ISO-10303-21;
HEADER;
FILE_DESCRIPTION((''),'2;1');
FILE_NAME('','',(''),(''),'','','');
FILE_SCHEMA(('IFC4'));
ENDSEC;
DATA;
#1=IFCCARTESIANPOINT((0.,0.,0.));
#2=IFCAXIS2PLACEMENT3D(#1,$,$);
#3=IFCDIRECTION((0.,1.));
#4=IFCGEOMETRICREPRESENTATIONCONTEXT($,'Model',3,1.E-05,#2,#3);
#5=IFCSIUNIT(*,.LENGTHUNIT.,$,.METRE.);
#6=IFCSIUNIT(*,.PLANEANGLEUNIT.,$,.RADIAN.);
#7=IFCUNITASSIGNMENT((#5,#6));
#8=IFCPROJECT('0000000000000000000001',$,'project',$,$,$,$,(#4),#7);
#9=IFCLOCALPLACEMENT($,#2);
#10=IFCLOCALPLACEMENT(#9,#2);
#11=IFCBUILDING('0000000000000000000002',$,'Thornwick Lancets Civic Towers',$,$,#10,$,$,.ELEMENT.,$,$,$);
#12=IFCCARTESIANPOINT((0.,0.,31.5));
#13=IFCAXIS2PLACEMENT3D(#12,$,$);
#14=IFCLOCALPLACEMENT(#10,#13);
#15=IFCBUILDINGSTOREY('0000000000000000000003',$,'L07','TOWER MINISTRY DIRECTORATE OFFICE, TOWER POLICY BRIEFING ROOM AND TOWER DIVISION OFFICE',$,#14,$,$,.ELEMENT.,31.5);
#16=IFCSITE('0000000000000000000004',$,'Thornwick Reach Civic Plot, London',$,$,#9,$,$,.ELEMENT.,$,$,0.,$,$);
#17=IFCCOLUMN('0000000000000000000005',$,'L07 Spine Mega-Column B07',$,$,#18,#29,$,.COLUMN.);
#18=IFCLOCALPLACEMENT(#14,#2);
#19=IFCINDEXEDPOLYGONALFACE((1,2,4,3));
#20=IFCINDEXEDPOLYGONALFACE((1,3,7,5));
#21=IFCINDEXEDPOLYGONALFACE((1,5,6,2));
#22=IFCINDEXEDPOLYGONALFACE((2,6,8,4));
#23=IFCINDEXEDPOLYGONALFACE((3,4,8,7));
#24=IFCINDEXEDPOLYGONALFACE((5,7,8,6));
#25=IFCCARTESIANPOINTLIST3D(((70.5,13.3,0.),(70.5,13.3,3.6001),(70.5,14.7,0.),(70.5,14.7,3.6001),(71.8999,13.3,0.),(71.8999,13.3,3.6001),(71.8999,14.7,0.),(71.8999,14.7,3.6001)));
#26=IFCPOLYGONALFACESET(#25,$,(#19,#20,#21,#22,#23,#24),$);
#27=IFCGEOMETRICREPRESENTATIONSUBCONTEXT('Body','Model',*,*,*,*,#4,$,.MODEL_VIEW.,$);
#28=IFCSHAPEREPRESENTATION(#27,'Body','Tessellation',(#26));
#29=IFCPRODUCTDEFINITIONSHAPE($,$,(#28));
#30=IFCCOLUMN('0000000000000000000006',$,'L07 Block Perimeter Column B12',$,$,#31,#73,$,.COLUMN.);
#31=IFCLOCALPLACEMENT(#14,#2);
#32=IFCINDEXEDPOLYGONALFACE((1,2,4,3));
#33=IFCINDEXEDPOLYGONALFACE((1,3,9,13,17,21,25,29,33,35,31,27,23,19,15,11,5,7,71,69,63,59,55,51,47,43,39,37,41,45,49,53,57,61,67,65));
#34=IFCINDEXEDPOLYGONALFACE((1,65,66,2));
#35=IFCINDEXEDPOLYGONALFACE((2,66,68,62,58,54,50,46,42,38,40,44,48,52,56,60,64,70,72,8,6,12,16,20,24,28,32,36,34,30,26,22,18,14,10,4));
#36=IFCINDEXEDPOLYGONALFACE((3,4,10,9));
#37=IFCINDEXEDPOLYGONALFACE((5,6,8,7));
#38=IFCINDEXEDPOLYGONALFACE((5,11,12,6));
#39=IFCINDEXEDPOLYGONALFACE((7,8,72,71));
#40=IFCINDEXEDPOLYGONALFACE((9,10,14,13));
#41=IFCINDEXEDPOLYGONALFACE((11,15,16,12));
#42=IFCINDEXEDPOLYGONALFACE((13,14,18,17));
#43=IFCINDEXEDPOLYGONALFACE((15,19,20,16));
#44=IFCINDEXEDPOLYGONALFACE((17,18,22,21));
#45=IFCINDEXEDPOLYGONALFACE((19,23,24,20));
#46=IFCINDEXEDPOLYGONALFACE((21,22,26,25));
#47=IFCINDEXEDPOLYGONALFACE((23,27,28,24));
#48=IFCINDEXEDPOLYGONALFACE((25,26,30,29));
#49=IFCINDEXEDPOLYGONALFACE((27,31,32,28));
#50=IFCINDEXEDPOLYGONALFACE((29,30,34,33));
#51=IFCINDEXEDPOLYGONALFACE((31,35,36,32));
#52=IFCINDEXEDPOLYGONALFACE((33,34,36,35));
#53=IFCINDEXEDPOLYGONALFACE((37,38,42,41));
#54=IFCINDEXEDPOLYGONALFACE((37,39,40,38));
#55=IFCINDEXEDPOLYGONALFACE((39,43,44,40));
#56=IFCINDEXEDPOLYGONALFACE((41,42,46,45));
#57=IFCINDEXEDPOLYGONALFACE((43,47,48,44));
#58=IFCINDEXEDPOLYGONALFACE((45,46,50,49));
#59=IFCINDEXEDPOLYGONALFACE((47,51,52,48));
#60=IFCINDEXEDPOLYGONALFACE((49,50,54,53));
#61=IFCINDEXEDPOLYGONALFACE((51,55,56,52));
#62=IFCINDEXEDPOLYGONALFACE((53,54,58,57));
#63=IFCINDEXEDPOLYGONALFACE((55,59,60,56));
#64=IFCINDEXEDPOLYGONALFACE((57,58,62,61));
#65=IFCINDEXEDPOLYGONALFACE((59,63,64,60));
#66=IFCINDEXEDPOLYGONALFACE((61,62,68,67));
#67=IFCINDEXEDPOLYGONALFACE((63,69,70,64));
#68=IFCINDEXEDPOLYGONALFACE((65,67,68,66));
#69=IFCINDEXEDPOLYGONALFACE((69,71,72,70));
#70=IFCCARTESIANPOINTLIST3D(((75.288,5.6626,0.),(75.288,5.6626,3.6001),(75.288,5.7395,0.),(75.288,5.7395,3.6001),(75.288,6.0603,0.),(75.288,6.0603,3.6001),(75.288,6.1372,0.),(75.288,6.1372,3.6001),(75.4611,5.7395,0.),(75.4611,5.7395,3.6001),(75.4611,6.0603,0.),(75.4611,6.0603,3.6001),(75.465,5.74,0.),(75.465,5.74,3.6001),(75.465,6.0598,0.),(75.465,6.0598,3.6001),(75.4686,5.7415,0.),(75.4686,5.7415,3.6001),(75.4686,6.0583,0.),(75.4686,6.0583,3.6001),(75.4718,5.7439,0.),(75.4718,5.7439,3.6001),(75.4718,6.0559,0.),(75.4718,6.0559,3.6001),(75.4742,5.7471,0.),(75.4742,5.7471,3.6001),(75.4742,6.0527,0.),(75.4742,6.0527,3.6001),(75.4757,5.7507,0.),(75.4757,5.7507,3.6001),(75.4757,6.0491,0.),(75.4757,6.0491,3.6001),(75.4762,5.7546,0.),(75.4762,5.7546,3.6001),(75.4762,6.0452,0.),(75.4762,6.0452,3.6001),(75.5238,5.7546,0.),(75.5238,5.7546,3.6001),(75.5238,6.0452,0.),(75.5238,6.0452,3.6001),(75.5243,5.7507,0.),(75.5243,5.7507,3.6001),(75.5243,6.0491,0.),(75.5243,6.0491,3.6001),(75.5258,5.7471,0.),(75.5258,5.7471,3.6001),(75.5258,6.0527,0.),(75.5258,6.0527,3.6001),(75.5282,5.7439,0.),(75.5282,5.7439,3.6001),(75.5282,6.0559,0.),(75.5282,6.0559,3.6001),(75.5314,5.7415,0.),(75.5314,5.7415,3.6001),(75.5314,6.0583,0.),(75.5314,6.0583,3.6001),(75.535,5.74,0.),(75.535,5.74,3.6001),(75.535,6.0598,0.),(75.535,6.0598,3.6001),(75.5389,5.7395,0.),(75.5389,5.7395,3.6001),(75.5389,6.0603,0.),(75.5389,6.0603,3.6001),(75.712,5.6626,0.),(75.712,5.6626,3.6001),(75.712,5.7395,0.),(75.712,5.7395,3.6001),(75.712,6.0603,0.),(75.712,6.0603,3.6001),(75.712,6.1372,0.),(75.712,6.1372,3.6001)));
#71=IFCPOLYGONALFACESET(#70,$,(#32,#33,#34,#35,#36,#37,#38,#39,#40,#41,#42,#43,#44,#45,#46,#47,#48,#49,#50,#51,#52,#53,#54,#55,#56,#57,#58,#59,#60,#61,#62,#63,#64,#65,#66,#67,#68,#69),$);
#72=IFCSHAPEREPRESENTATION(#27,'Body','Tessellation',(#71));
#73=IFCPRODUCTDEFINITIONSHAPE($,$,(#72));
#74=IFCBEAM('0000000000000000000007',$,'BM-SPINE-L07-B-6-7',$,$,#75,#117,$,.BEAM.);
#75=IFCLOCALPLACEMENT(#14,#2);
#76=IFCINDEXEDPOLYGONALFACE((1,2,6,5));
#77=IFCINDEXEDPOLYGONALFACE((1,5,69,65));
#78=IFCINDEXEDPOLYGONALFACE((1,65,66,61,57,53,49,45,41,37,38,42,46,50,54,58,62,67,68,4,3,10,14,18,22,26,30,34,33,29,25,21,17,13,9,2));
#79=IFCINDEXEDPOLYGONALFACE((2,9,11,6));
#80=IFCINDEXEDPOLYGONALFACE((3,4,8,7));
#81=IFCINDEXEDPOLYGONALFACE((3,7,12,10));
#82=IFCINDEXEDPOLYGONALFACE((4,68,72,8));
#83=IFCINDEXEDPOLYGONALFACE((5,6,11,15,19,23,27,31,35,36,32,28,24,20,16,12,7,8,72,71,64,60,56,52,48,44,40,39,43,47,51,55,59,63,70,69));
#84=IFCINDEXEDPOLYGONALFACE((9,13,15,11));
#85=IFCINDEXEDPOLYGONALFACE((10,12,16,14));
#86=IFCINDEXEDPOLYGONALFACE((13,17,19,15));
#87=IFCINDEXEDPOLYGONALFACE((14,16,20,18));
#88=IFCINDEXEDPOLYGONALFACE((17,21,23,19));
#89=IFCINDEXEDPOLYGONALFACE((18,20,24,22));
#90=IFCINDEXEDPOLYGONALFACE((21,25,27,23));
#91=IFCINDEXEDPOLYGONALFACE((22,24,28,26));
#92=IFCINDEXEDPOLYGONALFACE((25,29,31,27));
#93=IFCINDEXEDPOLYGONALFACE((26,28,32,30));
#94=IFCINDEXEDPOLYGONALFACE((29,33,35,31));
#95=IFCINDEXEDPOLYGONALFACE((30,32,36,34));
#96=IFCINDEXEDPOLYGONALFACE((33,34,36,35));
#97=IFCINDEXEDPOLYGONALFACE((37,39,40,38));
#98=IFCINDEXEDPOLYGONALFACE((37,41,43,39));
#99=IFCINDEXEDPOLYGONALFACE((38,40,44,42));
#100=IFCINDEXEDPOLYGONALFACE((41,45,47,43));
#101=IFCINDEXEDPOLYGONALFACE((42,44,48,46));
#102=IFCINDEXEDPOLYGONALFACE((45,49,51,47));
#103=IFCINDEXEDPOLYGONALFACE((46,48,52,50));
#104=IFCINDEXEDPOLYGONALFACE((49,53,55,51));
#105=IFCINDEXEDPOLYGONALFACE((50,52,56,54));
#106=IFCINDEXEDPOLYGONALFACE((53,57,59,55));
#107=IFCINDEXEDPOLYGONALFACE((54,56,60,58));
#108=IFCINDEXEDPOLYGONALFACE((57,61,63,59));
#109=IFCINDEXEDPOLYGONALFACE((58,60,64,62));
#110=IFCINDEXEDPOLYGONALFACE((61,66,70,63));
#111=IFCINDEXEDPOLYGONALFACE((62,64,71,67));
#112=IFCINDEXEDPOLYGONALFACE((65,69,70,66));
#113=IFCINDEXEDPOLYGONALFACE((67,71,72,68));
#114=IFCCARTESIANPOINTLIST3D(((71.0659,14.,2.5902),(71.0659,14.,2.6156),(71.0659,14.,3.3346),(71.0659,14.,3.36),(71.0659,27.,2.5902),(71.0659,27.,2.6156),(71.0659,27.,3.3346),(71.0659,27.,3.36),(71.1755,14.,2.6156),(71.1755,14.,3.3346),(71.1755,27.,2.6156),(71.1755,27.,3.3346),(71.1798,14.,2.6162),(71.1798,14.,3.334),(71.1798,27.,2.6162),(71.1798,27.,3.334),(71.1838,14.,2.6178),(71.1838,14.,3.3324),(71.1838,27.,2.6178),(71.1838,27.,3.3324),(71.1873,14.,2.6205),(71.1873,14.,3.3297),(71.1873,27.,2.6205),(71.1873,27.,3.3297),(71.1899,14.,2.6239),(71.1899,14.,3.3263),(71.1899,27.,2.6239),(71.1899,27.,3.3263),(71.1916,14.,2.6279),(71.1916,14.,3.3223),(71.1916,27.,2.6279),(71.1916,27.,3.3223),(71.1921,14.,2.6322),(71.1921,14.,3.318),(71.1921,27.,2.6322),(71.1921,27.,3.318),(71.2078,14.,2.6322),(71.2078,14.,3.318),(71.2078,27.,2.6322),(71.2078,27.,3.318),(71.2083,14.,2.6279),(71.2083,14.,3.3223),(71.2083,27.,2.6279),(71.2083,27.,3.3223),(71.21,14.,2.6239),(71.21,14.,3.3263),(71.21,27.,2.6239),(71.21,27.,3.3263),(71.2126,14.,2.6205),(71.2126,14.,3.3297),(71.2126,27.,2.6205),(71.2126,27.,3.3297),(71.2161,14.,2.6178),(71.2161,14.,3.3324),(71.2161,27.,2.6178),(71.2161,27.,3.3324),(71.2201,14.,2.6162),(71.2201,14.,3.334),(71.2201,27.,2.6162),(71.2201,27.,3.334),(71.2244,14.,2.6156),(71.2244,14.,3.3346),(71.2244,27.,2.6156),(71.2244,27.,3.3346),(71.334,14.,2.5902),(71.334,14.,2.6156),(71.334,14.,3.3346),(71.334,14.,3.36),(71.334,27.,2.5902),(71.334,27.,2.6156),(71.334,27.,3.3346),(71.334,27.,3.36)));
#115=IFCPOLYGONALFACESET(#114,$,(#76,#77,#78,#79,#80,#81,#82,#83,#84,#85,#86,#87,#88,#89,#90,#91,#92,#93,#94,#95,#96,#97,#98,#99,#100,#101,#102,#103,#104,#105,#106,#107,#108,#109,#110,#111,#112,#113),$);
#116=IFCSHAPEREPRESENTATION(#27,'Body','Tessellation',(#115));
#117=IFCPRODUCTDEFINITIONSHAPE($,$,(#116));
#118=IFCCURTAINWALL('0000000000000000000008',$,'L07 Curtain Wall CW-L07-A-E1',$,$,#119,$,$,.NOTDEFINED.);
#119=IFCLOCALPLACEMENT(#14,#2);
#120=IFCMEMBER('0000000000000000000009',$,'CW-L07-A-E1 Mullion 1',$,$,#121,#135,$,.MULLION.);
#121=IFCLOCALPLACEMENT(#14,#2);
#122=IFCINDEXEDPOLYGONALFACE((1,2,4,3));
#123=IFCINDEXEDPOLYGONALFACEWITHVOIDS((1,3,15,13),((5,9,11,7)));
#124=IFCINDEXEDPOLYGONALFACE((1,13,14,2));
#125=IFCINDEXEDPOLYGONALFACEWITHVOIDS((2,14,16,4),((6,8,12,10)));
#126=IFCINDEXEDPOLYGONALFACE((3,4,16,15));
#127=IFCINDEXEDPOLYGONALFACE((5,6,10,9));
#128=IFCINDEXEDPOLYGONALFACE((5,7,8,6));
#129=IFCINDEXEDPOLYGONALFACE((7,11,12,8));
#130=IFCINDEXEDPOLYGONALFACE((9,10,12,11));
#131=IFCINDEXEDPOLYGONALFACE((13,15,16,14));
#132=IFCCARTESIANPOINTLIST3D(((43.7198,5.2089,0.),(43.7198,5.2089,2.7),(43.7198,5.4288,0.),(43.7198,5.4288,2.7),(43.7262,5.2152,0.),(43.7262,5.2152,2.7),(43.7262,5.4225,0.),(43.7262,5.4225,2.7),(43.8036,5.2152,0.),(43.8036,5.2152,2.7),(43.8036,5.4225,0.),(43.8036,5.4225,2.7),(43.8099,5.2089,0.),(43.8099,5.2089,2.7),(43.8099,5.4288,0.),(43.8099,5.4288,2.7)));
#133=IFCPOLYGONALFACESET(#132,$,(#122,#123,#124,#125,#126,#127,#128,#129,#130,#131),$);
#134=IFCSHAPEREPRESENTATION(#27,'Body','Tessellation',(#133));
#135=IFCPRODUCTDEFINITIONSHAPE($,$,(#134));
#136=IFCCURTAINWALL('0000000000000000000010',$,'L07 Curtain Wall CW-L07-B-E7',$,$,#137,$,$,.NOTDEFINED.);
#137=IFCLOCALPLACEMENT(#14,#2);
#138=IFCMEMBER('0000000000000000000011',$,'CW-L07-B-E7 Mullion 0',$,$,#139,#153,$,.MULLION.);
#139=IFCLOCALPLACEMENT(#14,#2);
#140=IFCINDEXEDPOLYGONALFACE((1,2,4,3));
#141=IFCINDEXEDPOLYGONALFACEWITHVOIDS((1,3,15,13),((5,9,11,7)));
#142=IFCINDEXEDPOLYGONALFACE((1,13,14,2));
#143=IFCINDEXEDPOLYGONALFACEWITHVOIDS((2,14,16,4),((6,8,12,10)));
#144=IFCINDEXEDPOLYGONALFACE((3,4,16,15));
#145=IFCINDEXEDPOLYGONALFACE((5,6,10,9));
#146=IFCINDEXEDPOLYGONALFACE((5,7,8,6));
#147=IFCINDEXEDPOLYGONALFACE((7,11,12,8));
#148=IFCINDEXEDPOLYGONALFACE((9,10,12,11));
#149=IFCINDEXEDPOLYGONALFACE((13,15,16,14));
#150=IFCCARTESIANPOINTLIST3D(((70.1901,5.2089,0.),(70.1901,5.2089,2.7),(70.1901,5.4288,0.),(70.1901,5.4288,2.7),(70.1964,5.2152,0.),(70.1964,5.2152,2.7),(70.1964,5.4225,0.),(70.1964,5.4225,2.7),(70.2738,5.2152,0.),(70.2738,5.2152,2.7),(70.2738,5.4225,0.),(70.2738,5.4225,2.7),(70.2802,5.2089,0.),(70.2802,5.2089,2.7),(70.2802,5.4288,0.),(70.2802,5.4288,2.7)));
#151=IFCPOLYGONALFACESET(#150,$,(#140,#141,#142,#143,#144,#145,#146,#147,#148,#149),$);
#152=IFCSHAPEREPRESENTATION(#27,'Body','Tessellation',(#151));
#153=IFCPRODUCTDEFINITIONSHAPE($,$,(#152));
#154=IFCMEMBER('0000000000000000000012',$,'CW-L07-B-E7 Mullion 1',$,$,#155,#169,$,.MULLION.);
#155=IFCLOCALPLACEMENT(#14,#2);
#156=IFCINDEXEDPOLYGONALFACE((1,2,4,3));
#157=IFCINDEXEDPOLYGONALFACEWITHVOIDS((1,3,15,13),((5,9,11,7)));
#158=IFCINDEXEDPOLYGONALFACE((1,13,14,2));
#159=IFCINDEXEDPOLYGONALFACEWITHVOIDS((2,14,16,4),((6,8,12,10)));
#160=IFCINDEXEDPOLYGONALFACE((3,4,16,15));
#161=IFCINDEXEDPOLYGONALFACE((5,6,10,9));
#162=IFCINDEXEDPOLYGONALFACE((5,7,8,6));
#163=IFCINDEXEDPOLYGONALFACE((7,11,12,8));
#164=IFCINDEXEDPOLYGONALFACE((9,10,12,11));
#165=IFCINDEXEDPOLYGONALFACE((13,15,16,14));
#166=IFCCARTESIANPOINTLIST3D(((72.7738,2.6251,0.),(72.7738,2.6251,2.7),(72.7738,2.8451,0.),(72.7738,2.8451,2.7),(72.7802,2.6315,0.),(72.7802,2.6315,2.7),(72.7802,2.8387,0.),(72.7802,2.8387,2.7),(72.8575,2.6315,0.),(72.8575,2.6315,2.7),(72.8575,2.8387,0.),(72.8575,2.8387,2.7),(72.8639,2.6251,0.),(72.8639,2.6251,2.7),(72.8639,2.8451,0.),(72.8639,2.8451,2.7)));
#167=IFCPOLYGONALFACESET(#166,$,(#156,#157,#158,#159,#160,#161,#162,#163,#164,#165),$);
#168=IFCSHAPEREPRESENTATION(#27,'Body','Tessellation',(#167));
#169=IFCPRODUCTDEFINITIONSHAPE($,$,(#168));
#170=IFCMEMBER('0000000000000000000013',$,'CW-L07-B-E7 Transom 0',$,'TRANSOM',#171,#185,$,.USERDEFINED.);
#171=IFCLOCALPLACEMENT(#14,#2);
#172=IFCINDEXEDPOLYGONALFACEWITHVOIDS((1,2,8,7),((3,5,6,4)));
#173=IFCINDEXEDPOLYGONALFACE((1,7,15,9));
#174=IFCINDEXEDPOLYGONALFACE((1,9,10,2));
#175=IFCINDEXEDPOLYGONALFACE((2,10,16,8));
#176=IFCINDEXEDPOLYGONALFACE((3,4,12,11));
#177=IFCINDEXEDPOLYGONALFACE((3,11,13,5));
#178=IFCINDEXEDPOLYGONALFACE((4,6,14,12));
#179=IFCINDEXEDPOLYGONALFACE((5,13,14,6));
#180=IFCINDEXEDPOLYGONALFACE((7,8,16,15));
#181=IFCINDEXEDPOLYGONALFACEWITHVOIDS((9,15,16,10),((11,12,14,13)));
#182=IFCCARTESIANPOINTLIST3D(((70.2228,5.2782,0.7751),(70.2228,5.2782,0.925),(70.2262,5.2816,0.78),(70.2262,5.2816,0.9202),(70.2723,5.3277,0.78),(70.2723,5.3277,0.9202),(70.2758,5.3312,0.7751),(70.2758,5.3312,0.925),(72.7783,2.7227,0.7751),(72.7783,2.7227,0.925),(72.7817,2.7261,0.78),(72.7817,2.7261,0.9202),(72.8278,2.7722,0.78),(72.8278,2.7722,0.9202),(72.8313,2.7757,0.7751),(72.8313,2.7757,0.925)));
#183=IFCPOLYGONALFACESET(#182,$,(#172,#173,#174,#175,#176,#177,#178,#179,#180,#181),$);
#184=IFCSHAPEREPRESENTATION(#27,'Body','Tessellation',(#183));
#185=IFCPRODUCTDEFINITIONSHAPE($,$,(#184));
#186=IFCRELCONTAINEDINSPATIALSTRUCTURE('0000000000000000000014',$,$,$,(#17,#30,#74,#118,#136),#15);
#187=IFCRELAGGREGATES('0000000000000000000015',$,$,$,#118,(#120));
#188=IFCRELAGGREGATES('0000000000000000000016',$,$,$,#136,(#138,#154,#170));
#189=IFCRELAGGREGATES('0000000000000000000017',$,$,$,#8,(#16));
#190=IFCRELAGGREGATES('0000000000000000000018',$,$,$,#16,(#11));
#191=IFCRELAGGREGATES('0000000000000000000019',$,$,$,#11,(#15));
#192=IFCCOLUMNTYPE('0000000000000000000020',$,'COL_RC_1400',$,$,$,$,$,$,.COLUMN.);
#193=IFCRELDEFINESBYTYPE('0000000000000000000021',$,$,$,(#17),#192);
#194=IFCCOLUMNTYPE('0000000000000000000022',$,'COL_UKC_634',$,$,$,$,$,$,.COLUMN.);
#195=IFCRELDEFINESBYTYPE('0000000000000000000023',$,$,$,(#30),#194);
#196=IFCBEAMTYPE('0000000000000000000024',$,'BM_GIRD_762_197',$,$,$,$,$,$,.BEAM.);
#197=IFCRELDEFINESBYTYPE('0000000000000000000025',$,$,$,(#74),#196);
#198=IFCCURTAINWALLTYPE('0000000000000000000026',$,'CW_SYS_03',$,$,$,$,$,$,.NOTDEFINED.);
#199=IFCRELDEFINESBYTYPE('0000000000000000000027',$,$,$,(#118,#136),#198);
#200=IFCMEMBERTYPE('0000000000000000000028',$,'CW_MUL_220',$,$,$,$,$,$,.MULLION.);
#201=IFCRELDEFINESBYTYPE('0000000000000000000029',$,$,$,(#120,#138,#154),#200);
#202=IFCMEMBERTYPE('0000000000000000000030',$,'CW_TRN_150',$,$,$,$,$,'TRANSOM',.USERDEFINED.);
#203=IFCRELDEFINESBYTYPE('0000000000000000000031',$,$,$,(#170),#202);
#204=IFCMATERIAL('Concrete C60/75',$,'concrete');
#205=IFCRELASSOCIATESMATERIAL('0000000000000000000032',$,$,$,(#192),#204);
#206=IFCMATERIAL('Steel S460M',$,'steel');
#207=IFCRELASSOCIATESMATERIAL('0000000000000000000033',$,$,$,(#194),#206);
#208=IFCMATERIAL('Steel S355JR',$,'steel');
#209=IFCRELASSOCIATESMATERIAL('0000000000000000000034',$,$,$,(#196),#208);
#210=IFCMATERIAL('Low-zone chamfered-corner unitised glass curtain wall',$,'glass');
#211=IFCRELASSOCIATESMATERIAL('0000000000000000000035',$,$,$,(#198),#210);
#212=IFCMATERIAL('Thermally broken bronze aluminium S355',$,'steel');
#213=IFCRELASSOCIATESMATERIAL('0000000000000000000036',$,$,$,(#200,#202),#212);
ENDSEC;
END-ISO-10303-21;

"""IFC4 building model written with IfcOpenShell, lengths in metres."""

from ifc_helpers import new_model, si_unit, direction, frame, origin, origin_2d, place, context, subcontext, project, spatial, rectangle, hollow_rectangle, i_section, extrude, material, material_profile, profile_set, type_object, element, aggregate, save


model = new_model("IFC4")

# Units and contexts
model_context = context("Model", 3, precision=1e-05, world=origin(), true_north=direction((0.0, 1.0)))
body_context = subcontext(model_context, "Body", "Model", "MODEL_VIEW")
ifc_project = project(units=[si_unit("LENGTHUNIT", "METRE"), si_unit("PLANEANGLEUNIT", "RADIAN")], contexts=[model_context])

# Site, building, storey
site_placement = place(None, origin())
site = spatial("IfcSite", under=ifc_project, at=site_placement, Name="Thornwick Reach Civic Plot, London", CompositionType="ELEMENT", RefElevation=0.0)
building_placement = place(site_placement, origin())
building = spatial("IfcBuilding", under=site, at=building_placement, Name="Thornwick Lancets Civic Towers", CompositionType="ELEMENT")
storey_placement = place(building_placement, frame((0.0, 0.0, 31.5)))
storey = spatial("IfcBuildingStorey", under=building, at=storey_placement, Name="L07", Description="TOWER MINISTRY DIRECTORATE OFFICE, TOWER POLICY BRIEFING ROOM AND TOWER DIVISION OFFICE", CompositionType="ELEMENT", Elevation=31.5)

# Columns
ifc_material_1 = material(Name="Concrete C60/75", Category="concrete")
ifc_material_profile_1 = material_profile(ifc_material_1, rectangle(XDim=1.3999, YDim=1.3999, at=origin_2d()), Name="RC 1400x1400")
ifc_profile_set_1 = profile_set([ifc_material_profile_1], Name="Concrete C60/75")
column_type_1 = type_object("IfcColumnType", Name="COL_RC_1400", PredefinedType="COLUMN", material=ifc_profile_set_1)
column_1_placement = place(storey_placement, frame((71.2, 14.0, 0.0), z_axis=(0.0, 0.0, 1.0), x_axis=(1.0, 0.0, 0.0)))
element("IfcColumn", 1, at=column_1_placement, inside=storey, type_object=column_type_1, Name="L07 Spine Mega-Column B07", PredefinedType="COLUMN", context=body_context, shape_type="SweptSolid", body=[
    extrude(rectangle(XDim=1.3999, YDim=1.3999, at=origin_2d()), origin(), (0.0, 0.0, 1.0), 3.6001),
])
ifc_material_2 = material(Name="Steel S460M", Category="steel")
ifc_material_profile_2 = material_profile(ifc_material_2, i_section(OverallWidth=0.4241, OverallDepth=0.4746, WebThickness=0.0476, FlangeThickness=0.0769, FilletRadius=0.0151, at=origin_2d()), Name="UKC 356x406x634")
ifc_profile_set_2 = profile_set([ifc_material_profile_2], Name="Steel S460M")
column_type_2 = type_object("IfcColumnType", Name="COL_UKC_634", PredefinedType="COLUMN", material=ifc_profile_set_2)
column_2_placement = place(storey_placement, frame((75.5, 5.8999, 0.0), z_axis=(0.0, 0.0, 1.0), x_axis=(1.0, 0.0, 0.0)))
element("IfcColumn", 2, at=column_2_placement, inside=storey, type_object=column_type_2, Name="L07 Block Perimeter Column B12", PredefinedType="COLUMN", context=body_context, shape_type="SweptSolid", body=[
    extrude(i_section(OverallWidth=0.4241, OverallDepth=0.4746, WebThickness=0.0476, FlangeThickness=0.0769, FilletRadius=0.0151, at=origin_2d()), origin(), (0.0, 0.0, 1.0), 3.6001),
])

# Beam
ifc_material_3 = material(Name="Steel S355JR", Category="steel")
ifc_material_profile_3 = material_profile(ifc_material_3, i_section(OverallWidth=0.2681, OverallDepth=0.7698, WebThickness=0.0156, FlangeThickness=0.0254, FilletRadius=0.0166, at=origin_2d()), Name="UKB 762x267x197")
ifc_profile_set_3 = profile_set([ifc_material_profile_3], Name="Steel S355JR")
beam_type = type_object("IfcBeamType", Name="BM_GIRD_762_197", PredefinedType="BEAM", material=ifc_profile_set_3)
beam_placement = place(storey_placement, frame((71.2, 14.0, 2.9751), z_axis=(0.0, 1.0, 0.0), x_axis=(-1.0, 0.0, 0.0)))
element("IfcBeam", 3, at=beam_placement, inside=storey, type_object=beam_type, Name="BM-SPINE-L07-B-6-7", PredefinedType="BEAM", context=body_context, shape_type="SweptSolid", body=[
    extrude(i_section(OverallWidth=0.2681, OverallDepth=0.7698, WebThickness=0.0156, FlangeThickness=0.0254, FilletRadius=0.0166, at=origin_2d()), origin(), (0.0, 0.0, 1.0), 13.0),
])

# Curtain wall, member
ifc_material_4 = material(Name="Low-zone chamfered-corner unitised glass curtain wall", Category="glass")
curtain_wall_type = type_object("IfcCurtainWallType", Name="CW_SYS_03", PredefinedType="NOTDEFINED", material=ifc_material_4)
curtain_wall_1_placement = place(storey_placement, origin())
curtain_wall_1 = element("IfcCurtainWall", 4, at=curtain_wall_1_placement, inside=storey, type_object=curtain_wall_type, Name="L07 Curtain Wall CW-L07-A-E1", PredefinedType="NOTDEFINED")
ifc_material_5 = material(Name="Thermally broken bronze aluminium S355", Category="steel")
ifc_material_profile_4 = material_profile(ifc_material_5, hollow_rectangle(XDim=0.0901, YDim=0.22, WallThickness=0.0063, at=origin_2d()), Name="RHS 220x90x6.3")
ifc_profile_set_4 = profile_set([ifc_material_profile_4], Name="Thermally broken bronze aluminium S355")
member_type_1 = type_object("IfcMemberType", Name="CW_MUL_220", PredefinedType="MULLION", material=ifc_profile_set_4)
member_1_placement = place(storey_placement, frame((43.7649, 5.3188, 0.0), z_axis=(0.0, 0.0, 1.0), x_axis=(1.0, 0.0, 0.0)))
member_1 = element("IfcMember", 5, at=member_1_placement, type_object=member_type_1, Name="CW-L07-A-E1 Mullion 1", PredefinedType="MULLION", context=body_context, shape_type="SweptSolid", body=[
    extrude(hollow_rectangle(XDim=0.0901, YDim=0.22, WallThickness=0.0063, at=origin_2d()), origin(), (0.0, 0.0, 1.0), 2.7),
])
aggregate(curtain_wall_1, [member_1])

# Curtain wall, members
curtain_wall_2_placement = place(storey_placement, origin())
curtain_wall_2 = element("IfcCurtainWall", 6, at=curtain_wall_2_placement, inside=storey, type_object=curtain_wall_type, Name="L07 Curtain Wall CW-L07-B-E7", PredefinedType="NOTDEFINED")
member_2_placement = place(storey_placement, frame((70.2351, 5.3188, 0.0), z_axis=(0.0, 0.0, 1.0), x_axis=(1.0, 0.0, 0.0)))
member_2 = element("IfcMember", 7, at=member_2_placement, type_object=member_type_1, Name="CW-L07-B-E7 Mullion 0", PredefinedType="MULLION", context=body_context, shape_type="SweptSolid", body=[
    extrude(hollow_rectangle(XDim=0.0901, YDim=0.22, WallThickness=0.0063, at=origin_2d()), origin(), (0.0, 0.0, 1.0), 2.7),
])
member_3_placement = place(storey_placement, frame((72.8188, 2.7351, 0.0), z_axis=(0.0, 0.0, 1.0), x_axis=(1.0, 0.0, 0.0)))
member_3 = element("IfcMember", 8, at=member_3_placement, type_object=member_type_1, Name="CW-L07-B-E7 Mullion 1", PredefinedType="MULLION", context=body_context, shape_type="SweptSolid", body=[
    extrude(hollow_rectangle(XDim=0.0901, YDim=0.22, WallThickness=0.0063, at=origin_2d()), origin(), (0.0, 0.0, 1.0), 2.7),
])
ifc_material_profile_5 = material_profile(ifc_material_5, hollow_rectangle(XDim=0.075, YDim=0.1499, WallThickness=0.0049, at=origin_2d()), Name="RHS 150x75x5")
ifc_profile_set_5 = profile_set([ifc_material_profile_5], Name="Thermally broken bronze aluminium S355")
member_type_2 = type_object("IfcMemberType", Name="CW_TRN_150", ElementType="TRANSOM", PredefinedType="USERDEFINED", material=ifc_profile_set_5)
member_4_placement = place(storey_placement, frame((70.2493, 5.3047, 0.8501), z_axis=(0.707107, -0.707107, 0.0), x_axis=(0.707107, 0.707107, 0.0)))
member_4 = element("IfcMember", 9, at=member_4_placement, type_object=member_type_2, Name="CW-L07-B-E7 Transom 0", ObjectType="TRANSOM", PredefinedType="USERDEFINED", context=body_context, shape_type="SweptSolid", body=[
    extrude(hollow_rectangle(XDim=0.075, YDim=0.1499, WallThickness=0.0049, at=origin_2d()), origin(), (0.0, 0.0, 1.0), 3.614),
])
aggregate(curtain_wall_2, [member_2, member_3, member_4])

save(model, "model.ifc")
